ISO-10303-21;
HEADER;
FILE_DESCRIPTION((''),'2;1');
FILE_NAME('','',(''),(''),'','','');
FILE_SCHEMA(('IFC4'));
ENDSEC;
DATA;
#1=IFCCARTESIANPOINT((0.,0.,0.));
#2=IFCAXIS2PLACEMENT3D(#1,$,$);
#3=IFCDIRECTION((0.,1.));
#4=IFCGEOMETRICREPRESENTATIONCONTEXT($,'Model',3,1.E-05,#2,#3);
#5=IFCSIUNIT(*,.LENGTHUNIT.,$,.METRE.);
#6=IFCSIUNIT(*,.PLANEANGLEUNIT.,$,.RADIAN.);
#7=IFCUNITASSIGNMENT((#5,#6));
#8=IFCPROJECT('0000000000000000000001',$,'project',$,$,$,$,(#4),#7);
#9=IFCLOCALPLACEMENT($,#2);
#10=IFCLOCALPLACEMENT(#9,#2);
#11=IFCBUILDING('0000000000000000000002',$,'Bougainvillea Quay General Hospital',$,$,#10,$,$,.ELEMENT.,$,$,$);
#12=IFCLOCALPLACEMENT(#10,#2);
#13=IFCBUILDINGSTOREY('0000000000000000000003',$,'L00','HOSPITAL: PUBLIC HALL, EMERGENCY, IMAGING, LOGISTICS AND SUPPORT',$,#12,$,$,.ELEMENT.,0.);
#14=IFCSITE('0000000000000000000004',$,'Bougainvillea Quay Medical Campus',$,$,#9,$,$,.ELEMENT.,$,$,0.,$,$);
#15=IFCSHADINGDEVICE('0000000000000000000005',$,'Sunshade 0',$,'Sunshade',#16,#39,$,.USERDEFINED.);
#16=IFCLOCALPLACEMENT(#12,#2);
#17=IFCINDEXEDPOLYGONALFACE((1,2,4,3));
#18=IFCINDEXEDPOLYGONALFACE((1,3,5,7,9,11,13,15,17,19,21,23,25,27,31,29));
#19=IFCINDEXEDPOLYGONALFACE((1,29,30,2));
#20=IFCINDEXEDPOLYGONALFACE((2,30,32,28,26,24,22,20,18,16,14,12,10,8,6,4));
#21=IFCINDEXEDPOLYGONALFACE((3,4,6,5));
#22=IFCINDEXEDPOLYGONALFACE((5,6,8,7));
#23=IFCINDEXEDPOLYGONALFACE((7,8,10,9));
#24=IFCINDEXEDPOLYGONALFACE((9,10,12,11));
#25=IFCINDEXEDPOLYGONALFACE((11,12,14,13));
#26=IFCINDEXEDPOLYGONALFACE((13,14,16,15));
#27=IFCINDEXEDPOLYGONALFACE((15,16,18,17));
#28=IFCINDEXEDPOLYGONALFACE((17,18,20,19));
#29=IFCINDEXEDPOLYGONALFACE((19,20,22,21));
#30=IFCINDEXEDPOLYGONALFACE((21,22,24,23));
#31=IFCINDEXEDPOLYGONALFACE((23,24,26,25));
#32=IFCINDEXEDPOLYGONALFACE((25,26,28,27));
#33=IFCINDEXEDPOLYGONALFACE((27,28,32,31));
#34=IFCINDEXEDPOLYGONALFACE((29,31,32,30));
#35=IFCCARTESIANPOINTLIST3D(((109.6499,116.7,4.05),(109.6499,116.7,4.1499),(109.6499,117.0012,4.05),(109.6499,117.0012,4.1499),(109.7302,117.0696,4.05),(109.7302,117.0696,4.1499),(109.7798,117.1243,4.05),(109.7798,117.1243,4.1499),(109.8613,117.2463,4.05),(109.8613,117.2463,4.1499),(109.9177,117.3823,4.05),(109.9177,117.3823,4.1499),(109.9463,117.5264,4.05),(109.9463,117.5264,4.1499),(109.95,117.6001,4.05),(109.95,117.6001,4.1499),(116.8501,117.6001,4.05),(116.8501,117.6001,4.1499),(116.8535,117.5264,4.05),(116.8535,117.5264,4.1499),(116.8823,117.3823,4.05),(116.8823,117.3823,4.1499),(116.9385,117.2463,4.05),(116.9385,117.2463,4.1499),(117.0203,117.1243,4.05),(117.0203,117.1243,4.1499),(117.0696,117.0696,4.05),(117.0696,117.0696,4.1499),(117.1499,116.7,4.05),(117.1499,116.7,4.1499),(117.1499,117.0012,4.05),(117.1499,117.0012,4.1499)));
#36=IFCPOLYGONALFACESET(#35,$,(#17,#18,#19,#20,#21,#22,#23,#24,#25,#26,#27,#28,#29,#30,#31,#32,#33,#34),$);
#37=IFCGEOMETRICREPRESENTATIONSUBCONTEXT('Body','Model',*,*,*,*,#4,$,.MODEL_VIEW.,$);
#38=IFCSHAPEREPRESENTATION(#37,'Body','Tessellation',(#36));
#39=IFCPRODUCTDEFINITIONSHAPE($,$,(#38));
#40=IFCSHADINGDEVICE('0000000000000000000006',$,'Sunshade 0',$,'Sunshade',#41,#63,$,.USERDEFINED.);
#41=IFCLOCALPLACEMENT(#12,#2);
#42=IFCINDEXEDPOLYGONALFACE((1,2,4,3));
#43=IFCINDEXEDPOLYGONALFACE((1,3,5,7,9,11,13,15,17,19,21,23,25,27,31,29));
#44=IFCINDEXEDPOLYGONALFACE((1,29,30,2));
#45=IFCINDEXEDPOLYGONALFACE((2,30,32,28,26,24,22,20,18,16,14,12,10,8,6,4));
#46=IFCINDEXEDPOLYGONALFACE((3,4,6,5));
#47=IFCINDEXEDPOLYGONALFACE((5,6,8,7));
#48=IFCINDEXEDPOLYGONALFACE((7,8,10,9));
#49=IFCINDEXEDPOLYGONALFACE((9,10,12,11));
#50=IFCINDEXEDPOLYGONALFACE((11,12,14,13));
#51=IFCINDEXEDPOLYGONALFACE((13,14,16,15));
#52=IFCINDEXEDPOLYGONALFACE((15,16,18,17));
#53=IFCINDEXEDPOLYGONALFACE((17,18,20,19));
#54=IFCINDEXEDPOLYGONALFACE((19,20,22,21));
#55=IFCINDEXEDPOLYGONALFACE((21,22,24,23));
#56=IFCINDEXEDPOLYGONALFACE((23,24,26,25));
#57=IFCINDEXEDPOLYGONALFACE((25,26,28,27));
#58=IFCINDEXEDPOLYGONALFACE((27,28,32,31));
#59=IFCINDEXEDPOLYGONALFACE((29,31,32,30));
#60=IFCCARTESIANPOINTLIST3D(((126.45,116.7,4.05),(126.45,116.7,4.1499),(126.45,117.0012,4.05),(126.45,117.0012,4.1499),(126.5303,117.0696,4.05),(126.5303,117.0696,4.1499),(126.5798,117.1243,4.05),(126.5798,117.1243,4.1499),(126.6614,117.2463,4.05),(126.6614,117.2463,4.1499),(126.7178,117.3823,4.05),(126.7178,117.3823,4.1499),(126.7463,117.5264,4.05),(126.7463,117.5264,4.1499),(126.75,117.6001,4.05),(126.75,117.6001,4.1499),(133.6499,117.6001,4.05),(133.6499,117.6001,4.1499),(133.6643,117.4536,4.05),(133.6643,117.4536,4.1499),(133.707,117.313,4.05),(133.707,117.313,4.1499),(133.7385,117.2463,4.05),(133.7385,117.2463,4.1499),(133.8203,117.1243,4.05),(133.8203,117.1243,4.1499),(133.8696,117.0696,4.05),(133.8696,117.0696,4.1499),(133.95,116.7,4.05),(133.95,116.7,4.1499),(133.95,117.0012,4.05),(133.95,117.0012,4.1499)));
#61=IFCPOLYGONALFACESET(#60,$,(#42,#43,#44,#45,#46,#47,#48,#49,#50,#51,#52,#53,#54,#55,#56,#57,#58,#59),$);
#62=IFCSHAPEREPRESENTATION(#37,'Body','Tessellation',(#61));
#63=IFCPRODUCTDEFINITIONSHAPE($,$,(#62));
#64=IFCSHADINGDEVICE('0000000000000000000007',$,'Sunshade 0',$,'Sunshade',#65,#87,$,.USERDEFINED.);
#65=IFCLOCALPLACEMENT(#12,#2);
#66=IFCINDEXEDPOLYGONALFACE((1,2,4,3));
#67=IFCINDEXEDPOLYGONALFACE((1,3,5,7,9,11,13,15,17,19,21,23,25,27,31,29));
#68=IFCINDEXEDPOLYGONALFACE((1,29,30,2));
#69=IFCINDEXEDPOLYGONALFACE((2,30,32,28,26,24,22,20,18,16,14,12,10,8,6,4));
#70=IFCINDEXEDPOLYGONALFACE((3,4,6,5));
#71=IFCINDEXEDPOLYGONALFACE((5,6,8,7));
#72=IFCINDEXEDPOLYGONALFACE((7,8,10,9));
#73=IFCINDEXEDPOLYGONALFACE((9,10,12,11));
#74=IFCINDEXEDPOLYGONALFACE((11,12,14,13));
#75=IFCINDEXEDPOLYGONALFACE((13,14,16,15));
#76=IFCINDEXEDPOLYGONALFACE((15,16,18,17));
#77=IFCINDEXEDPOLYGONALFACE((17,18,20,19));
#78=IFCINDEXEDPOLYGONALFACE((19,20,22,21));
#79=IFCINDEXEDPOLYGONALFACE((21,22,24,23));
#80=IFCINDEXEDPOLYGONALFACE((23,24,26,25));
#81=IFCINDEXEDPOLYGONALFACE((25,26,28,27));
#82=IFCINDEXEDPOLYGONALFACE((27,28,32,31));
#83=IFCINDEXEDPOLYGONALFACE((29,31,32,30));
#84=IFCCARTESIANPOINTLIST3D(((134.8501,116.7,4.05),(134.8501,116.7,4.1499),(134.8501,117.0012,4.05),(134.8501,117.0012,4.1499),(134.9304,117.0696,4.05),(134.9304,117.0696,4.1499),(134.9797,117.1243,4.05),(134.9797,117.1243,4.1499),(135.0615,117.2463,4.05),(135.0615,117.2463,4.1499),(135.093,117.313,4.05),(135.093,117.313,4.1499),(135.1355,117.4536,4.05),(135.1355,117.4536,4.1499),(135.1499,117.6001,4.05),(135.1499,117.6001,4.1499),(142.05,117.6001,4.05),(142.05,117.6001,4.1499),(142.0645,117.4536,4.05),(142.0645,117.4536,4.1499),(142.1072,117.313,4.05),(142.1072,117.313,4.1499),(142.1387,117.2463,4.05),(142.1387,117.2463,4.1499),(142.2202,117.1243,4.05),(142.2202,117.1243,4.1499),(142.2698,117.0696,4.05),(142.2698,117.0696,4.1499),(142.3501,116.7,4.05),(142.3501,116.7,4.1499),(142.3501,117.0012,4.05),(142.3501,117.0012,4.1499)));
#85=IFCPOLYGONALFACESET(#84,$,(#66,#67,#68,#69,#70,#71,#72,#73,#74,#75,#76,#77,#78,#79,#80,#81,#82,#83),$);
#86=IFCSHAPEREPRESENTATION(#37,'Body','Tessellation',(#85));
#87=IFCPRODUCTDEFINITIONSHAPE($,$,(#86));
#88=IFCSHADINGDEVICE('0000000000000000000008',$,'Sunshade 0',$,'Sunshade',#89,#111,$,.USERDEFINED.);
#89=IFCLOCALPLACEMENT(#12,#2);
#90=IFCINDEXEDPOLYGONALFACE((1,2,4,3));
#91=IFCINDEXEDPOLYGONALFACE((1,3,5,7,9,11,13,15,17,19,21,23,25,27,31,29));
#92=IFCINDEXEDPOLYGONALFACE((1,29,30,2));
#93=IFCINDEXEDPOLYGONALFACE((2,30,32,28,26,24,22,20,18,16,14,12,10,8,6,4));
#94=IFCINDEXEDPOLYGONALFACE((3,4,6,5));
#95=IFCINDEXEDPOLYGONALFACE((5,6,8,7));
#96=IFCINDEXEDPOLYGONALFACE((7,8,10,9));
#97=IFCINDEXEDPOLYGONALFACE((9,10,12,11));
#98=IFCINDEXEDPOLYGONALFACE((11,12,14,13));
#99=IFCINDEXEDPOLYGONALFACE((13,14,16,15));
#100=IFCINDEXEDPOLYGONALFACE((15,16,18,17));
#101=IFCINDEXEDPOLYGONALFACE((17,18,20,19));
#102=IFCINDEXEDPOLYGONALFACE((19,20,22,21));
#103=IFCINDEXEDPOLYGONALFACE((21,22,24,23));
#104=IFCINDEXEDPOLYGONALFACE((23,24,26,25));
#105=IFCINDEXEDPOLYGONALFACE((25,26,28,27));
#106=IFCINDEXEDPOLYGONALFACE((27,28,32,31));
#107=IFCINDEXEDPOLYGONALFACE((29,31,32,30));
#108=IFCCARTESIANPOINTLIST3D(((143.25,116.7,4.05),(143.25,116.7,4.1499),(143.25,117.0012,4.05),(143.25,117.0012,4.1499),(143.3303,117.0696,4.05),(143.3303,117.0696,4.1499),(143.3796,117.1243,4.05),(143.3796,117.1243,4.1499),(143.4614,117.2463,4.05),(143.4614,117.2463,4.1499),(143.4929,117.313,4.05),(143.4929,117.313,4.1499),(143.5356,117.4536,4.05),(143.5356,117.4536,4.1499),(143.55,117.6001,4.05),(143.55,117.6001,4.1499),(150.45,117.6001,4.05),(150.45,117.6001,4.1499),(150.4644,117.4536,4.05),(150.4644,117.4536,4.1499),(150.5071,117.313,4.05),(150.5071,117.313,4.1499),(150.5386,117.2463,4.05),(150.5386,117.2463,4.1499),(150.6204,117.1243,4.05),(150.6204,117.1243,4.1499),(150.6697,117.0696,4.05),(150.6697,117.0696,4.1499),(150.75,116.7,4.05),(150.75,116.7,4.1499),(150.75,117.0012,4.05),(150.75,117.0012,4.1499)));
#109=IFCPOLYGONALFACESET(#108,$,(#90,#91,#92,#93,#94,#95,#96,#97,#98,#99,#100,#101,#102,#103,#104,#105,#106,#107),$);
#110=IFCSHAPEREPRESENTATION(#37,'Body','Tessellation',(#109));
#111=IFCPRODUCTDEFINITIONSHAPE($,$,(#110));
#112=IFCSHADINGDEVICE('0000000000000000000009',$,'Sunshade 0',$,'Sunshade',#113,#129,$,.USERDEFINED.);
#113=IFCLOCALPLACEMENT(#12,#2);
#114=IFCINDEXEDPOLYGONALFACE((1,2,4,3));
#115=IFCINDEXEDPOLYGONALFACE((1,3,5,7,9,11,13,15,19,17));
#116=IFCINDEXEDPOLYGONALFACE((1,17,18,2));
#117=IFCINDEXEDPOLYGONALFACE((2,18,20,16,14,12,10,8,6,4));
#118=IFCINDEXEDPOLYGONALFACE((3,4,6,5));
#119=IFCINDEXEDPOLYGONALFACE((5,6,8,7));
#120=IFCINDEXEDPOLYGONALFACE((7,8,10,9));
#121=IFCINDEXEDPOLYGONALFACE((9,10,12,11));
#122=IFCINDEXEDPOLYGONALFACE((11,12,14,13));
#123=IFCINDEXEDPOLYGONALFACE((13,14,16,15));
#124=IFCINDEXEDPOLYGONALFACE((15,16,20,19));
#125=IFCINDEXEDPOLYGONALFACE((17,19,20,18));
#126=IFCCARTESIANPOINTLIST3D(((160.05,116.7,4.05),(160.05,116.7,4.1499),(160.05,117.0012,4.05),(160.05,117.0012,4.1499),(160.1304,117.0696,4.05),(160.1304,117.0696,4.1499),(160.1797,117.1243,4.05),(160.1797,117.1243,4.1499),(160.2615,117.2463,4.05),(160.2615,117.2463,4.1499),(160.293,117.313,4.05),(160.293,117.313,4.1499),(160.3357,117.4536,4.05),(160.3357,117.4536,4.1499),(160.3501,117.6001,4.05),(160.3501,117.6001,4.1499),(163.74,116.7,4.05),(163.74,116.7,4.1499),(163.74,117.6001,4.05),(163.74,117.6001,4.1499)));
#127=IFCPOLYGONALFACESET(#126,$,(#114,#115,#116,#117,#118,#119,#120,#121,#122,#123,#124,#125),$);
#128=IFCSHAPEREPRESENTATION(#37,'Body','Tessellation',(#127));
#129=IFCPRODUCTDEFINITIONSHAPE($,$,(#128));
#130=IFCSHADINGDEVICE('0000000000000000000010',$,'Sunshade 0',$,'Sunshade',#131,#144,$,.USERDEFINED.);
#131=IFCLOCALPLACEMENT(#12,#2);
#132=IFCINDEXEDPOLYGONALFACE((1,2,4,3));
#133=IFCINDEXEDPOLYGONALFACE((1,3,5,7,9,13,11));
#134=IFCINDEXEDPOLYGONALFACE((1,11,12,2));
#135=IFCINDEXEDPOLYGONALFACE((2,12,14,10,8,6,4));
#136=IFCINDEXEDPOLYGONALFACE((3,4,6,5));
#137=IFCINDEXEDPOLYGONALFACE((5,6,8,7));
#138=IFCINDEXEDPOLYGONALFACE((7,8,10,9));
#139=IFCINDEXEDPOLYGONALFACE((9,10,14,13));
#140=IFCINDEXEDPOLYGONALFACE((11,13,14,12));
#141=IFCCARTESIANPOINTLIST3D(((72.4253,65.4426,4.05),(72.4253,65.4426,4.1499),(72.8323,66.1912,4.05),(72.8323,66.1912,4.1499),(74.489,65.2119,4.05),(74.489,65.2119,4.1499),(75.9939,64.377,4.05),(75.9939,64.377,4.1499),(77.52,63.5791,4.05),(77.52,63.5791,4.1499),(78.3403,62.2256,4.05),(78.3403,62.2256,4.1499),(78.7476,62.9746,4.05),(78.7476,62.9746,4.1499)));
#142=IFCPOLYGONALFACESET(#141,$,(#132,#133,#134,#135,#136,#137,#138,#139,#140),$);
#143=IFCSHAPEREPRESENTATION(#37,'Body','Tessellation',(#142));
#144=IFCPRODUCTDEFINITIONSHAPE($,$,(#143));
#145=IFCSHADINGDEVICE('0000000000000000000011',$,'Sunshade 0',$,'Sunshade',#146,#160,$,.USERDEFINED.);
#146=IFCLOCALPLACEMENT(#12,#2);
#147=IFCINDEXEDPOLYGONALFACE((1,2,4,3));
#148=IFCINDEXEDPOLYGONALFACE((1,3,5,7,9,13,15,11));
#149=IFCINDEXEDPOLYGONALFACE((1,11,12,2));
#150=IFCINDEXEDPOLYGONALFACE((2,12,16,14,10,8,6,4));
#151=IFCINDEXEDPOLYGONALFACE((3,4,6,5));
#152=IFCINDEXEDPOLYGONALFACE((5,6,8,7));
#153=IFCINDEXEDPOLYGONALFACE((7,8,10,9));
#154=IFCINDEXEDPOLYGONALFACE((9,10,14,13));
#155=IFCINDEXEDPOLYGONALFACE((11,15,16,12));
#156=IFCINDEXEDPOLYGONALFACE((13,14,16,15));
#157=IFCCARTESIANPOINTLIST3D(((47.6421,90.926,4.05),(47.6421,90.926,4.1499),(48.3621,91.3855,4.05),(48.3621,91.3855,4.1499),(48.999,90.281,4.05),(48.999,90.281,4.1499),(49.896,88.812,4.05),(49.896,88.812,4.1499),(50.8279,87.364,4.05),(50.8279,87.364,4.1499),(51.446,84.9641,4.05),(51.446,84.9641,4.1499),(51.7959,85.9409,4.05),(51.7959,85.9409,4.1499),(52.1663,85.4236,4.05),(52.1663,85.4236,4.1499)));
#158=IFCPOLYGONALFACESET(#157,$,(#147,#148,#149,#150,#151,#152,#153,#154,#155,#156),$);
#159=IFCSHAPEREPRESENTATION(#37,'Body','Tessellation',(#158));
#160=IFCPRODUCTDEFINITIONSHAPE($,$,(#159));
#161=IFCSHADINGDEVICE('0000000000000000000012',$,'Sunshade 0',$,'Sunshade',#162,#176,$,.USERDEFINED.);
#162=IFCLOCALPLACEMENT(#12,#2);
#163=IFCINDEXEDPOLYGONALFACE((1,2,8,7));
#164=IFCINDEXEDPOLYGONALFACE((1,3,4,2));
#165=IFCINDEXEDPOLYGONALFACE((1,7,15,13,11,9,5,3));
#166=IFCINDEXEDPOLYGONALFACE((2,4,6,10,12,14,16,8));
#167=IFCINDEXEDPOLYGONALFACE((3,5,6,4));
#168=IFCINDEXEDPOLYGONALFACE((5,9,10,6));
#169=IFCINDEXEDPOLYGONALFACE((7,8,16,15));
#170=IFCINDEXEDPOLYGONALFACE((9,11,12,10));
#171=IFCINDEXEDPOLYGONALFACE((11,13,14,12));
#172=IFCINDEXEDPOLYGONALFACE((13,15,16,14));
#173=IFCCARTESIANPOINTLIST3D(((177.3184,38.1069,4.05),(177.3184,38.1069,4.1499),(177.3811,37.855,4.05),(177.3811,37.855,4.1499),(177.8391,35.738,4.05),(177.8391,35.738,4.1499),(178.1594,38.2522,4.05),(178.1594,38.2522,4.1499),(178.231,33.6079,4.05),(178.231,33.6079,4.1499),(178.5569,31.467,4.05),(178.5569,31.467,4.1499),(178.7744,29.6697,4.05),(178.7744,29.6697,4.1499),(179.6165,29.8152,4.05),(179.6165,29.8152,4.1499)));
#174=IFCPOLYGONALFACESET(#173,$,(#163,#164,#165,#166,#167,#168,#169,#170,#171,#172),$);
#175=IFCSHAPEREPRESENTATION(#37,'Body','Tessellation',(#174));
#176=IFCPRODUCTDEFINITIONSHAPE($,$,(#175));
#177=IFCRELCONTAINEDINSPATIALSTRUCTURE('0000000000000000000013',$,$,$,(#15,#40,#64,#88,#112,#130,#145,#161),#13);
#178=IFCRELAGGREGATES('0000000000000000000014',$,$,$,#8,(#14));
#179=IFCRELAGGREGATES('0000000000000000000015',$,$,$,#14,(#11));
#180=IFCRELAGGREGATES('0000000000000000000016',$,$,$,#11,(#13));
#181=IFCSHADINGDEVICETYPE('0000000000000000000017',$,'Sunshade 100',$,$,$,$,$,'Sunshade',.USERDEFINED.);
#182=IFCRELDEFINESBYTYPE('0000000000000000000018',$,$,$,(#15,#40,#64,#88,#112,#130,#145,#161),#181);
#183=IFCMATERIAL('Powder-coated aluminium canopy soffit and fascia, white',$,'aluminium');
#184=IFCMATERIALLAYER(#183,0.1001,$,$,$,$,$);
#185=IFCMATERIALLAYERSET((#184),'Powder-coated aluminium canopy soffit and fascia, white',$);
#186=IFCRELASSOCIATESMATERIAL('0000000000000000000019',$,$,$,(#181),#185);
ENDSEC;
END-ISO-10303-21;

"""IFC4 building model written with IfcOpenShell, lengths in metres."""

from ifc_helpers import new_model, si_unit, direction, frame, origin, place, context, subcontext, project, spatial, polyline, outline, extrude, material, layer, layer_set, type_object, element, save


model = new_model("IFC4")

# Units and contexts
model_context = context("Model", 3, precision=1e-05, world=origin(), true_north=direction((0.0, 1.0)))
body_context = subcontext(model_context, "Body", "Model", "MODEL_VIEW")
ifc_project = project(units=[si_unit("LENGTHUNIT", "METRE"), si_unit("PLANEANGLEUNIT", "RADIAN")], contexts=[model_context])

# Site, building, storey
site_placement = place(None, origin())
site = spatial("IfcSite", under=ifc_project, at=site_placement, Name="Bougainvillea Quay Medical Campus", CompositionType="ELEMENT", RefElevation=0.0)
building_placement = place(site_placement, origin())
building = spatial("IfcBuilding", under=site, at=building_placement, Name="Bougainvillea Quay General Hospital", CompositionType="ELEMENT")
storey_placement = place(building_placement, origin())
storey = spatial("IfcBuildingStorey", under=building, at=storey_placement, Name="L00", Description="HOSPITAL: PUBLIC HALL, EMERGENCY, IMAGING, LOGISTICS AND SUPPORT", CompositionType="ELEMENT", Elevation=0.0)

# Shading devices
ifc_material = material(Name="Powder-coated aluminium canopy soffit and fascia, white", Category="aluminium")
ifc_layer_1 = layer(ifc_material, 0.1001)
ifc_layer_set_1 = layer_set([ifc_layer_1], Name="Powder-coated aluminium canopy soffit and fascia, white")
shading_device_type_1 = type_object("IfcShadingDeviceType", Name="Sunshade 100", ElementType="Sunshade", PredefinedType="USERDEFINED", material=ifc_layer_set_1)
shading_device_1_placement = place(storey_placement, frame((0.0, 0.0, 4.05)))
element("IfcShadingDevice", 1, at=shading_device_1_placement, inside=storey, type_object=shading_device_type_1, Name="Sunshade 0", ObjectType="Sunshade", PredefinedType="USERDEFINED", context=body_context, shape_type="SweptSolid", body=[
    extrude(outline(polyline([(116.8501, 117.6001), (109.95, 117.6001), (109.9463, 117.5264), (109.9177, 117.3823), (109.8613, 117.2463), (109.7798, 117.1243), (109.7302, 117.0696), (109.6499, 117.0012), (109.6499, 116.7), (117.1499, 116.7), (117.1499, 117.0012), (117.0696, 117.0696), (117.0203, 117.1243), (116.9385, 117.2463), (116.8823, 117.3823), (116.8535, 117.5264), (116.8501, 117.6001)])), origin(), (0.0, 0.0, 1.0), 0.0999),
])
shading_device_2_placement = place(storey_placement, frame((0.0, 0.0, 4.05)))
element("IfcShadingDevice", 2, at=shading_device_2_placement, inside=storey, type_object=shading_device_type_1, Name="Sunshade 0", ObjectType="Sunshade", PredefinedType="USERDEFINED", context=body_context, shape_type="SweptSolid", body=[
    extrude(outline(polyline([(133.6499, 117.6001), (126.75, 117.6001), (126.7463, 117.5264), (126.7178, 117.3823), (126.6614, 117.2463), (126.5798, 117.1243), (126.5303, 117.0696), (126.45, 117.0012), (126.45, 116.7), (133.95, 116.7), (133.95, 117.0012), (133.8696, 117.0696), (133.8203, 117.1243), (133.7385, 117.2463), (133.707, 117.313), (133.6643, 117.4536), (133.6499, 117.6001)])), origin(), (0.0, 0.0, 1.0), 0.0999),
])
shading_device_3_placement = place(storey_placement, frame((0.0, 0.0, 4.05)))
element("IfcShadingDevice", 3, at=shading_device_3_placement, inside=storey, type_object=shading_device_type_1, Name="Sunshade 0", ObjectType="Sunshade", PredefinedType="USERDEFINED", context=body_context, shape_type="SweptSolid", body=[
    extrude(outline(polyline([(142.05, 117.6001), (135.1499, 117.6001), (135.1355, 117.4536), (135.093, 117.313), (135.0615, 117.2463), (134.9797, 117.1243), (134.9304, 117.0696), (134.8501, 117.0012), (134.8501, 116.7), (142.3501, 116.7), (142.3501, 117.0012), (142.2698, 117.0696), (142.2202, 117.1243), (142.1387, 117.2463), (142.1072, 117.313), (142.0645, 117.4536), (142.05, 117.6001)])), origin(), (0.0, 0.0, 1.0), 0.0999),
])
shading_device_4_placement = place(storey_placement, frame((0.0, 0.0, 4.05)))
element("IfcShadingDevice", 4, at=shading_device_4_placement, inside=storey, type_object=shading_device_type_1, Name="Sunshade 0", ObjectType="Sunshade", PredefinedType="USERDEFINED", context=body_context, shape_type="SweptSolid", body=[
    extrude(outline(polyline([(150.45, 117.6001), (143.55, 117.6001), (143.5356, 117.4536), (143.4929, 117.313), (143.4614, 117.2463), (143.3796, 117.1243), (143.3303, 117.0696), (143.25, 117.0012), (143.25, 116.7), (150.75, 116.7), (150.75, 117.0012), (150.6697, 117.0696), (150.6204, 117.1243), (150.5386, 117.2463), (150.5071, 117.313), (150.4644, 117.4536), (150.45, 117.6001)])), origin(), (0.0, 0.0, 1.0), 0.0999),
])
shading_device_5_placement = place(storey_placement, frame((0.0, 0.0, 4.05)))
element("IfcShadingDevice", 5, at=shading_device_5_placement, inside=storey, type_object=shading_device_type_1, Name="Sunshade 0", ObjectType="Sunshade", PredefinedType="USERDEFINED", context=body_context, shape_type="SweptSolid", body=[
    extrude(outline(polyline([(163.74, 117.6001), (160.3501, 117.6001), (160.3357, 117.4536), (160.293, 117.313), (160.2615, 117.2463), (160.1797, 117.1243), (160.1304, 117.0696), (160.05, 117.0012), (160.05, 116.7), (163.74, 116.7), (163.74, 117.6001)])), origin(), (0.0, 0.0, 1.0), 0.0999),
])
shading_device_6_placement = place(storey_placement, frame((0.0, 0.0, 4.05)))
element("IfcShadingDevice", 6, at=shading_device_6_placement, inside=storey, type_object=shading_device_type_1, Name="Sunshade 0", ObjectType="Sunshade", PredefinedType="USERDEFINED", context=body_context, shape_type="SweptSolid", body=[
    extrude(outline(polyline([(78.3403, 62.2256), (78.7476, 62.9746), (77.52, 63.5791), (75.9939, 64.377), (74.489, 65.2119), (72.8323, 66.1912), (72.4253, 65.4426), (78.3403, 62.2256)])), origin(), (0.0, 0.0, 1.0), 0.0999),
])
shading_device_7_placement = place(storey_placement, frame((0.0, 0.0, 4.05)))
element("IfcShadingDevice", 7, at=shading_device_7_placement, inside=storey, type_object=shading_device_type_1, Name="Sunshade 0", ObjectType="Sunshade", PredefinedType="USERDEFINED", context=body_context, shape_type="SweptSolid", body=[
    extrude(outline(polyline([(51.446, 84.9641), (52.1663, 85.4236), (51.7959, 85.9409), (50.8279, 87.364), (49.896, 88.812), (48.999, 90.281), (48.3621, 91.3855), (47.6421, 90.926), (51.446, 84.9641)])), origin(), (0.0, 0.0, 1.0), 0.0999),
])
shading_device_8_placement = place(storey_placement, frame((0.0, 0.0, 4.05)))
element("IfcShadingDevice", 8, at=shading_device_8_placement, inside=storey, type_object=shading_device_type_1, Name="Sunshade 0", ObjectType="Sunshade", PredefinedType="USERDEFINED", context=body_context, shape_type="SweptSolid", body=[
    extrude(outline(polyline([(178.1594, 38.2522), (177.3184, 38.1069), (177.3811, 37.855), (177.8391, 35.738), (178.231, 33.6079), (178.5569, 31.467), (178.7744, 29.6697), (179.6165, 29.8152), (178.1594, 38.2522)])), origin(), (0.0, 0.0, 1.0), 0.0999),
])

save(model, "model.ifc")
